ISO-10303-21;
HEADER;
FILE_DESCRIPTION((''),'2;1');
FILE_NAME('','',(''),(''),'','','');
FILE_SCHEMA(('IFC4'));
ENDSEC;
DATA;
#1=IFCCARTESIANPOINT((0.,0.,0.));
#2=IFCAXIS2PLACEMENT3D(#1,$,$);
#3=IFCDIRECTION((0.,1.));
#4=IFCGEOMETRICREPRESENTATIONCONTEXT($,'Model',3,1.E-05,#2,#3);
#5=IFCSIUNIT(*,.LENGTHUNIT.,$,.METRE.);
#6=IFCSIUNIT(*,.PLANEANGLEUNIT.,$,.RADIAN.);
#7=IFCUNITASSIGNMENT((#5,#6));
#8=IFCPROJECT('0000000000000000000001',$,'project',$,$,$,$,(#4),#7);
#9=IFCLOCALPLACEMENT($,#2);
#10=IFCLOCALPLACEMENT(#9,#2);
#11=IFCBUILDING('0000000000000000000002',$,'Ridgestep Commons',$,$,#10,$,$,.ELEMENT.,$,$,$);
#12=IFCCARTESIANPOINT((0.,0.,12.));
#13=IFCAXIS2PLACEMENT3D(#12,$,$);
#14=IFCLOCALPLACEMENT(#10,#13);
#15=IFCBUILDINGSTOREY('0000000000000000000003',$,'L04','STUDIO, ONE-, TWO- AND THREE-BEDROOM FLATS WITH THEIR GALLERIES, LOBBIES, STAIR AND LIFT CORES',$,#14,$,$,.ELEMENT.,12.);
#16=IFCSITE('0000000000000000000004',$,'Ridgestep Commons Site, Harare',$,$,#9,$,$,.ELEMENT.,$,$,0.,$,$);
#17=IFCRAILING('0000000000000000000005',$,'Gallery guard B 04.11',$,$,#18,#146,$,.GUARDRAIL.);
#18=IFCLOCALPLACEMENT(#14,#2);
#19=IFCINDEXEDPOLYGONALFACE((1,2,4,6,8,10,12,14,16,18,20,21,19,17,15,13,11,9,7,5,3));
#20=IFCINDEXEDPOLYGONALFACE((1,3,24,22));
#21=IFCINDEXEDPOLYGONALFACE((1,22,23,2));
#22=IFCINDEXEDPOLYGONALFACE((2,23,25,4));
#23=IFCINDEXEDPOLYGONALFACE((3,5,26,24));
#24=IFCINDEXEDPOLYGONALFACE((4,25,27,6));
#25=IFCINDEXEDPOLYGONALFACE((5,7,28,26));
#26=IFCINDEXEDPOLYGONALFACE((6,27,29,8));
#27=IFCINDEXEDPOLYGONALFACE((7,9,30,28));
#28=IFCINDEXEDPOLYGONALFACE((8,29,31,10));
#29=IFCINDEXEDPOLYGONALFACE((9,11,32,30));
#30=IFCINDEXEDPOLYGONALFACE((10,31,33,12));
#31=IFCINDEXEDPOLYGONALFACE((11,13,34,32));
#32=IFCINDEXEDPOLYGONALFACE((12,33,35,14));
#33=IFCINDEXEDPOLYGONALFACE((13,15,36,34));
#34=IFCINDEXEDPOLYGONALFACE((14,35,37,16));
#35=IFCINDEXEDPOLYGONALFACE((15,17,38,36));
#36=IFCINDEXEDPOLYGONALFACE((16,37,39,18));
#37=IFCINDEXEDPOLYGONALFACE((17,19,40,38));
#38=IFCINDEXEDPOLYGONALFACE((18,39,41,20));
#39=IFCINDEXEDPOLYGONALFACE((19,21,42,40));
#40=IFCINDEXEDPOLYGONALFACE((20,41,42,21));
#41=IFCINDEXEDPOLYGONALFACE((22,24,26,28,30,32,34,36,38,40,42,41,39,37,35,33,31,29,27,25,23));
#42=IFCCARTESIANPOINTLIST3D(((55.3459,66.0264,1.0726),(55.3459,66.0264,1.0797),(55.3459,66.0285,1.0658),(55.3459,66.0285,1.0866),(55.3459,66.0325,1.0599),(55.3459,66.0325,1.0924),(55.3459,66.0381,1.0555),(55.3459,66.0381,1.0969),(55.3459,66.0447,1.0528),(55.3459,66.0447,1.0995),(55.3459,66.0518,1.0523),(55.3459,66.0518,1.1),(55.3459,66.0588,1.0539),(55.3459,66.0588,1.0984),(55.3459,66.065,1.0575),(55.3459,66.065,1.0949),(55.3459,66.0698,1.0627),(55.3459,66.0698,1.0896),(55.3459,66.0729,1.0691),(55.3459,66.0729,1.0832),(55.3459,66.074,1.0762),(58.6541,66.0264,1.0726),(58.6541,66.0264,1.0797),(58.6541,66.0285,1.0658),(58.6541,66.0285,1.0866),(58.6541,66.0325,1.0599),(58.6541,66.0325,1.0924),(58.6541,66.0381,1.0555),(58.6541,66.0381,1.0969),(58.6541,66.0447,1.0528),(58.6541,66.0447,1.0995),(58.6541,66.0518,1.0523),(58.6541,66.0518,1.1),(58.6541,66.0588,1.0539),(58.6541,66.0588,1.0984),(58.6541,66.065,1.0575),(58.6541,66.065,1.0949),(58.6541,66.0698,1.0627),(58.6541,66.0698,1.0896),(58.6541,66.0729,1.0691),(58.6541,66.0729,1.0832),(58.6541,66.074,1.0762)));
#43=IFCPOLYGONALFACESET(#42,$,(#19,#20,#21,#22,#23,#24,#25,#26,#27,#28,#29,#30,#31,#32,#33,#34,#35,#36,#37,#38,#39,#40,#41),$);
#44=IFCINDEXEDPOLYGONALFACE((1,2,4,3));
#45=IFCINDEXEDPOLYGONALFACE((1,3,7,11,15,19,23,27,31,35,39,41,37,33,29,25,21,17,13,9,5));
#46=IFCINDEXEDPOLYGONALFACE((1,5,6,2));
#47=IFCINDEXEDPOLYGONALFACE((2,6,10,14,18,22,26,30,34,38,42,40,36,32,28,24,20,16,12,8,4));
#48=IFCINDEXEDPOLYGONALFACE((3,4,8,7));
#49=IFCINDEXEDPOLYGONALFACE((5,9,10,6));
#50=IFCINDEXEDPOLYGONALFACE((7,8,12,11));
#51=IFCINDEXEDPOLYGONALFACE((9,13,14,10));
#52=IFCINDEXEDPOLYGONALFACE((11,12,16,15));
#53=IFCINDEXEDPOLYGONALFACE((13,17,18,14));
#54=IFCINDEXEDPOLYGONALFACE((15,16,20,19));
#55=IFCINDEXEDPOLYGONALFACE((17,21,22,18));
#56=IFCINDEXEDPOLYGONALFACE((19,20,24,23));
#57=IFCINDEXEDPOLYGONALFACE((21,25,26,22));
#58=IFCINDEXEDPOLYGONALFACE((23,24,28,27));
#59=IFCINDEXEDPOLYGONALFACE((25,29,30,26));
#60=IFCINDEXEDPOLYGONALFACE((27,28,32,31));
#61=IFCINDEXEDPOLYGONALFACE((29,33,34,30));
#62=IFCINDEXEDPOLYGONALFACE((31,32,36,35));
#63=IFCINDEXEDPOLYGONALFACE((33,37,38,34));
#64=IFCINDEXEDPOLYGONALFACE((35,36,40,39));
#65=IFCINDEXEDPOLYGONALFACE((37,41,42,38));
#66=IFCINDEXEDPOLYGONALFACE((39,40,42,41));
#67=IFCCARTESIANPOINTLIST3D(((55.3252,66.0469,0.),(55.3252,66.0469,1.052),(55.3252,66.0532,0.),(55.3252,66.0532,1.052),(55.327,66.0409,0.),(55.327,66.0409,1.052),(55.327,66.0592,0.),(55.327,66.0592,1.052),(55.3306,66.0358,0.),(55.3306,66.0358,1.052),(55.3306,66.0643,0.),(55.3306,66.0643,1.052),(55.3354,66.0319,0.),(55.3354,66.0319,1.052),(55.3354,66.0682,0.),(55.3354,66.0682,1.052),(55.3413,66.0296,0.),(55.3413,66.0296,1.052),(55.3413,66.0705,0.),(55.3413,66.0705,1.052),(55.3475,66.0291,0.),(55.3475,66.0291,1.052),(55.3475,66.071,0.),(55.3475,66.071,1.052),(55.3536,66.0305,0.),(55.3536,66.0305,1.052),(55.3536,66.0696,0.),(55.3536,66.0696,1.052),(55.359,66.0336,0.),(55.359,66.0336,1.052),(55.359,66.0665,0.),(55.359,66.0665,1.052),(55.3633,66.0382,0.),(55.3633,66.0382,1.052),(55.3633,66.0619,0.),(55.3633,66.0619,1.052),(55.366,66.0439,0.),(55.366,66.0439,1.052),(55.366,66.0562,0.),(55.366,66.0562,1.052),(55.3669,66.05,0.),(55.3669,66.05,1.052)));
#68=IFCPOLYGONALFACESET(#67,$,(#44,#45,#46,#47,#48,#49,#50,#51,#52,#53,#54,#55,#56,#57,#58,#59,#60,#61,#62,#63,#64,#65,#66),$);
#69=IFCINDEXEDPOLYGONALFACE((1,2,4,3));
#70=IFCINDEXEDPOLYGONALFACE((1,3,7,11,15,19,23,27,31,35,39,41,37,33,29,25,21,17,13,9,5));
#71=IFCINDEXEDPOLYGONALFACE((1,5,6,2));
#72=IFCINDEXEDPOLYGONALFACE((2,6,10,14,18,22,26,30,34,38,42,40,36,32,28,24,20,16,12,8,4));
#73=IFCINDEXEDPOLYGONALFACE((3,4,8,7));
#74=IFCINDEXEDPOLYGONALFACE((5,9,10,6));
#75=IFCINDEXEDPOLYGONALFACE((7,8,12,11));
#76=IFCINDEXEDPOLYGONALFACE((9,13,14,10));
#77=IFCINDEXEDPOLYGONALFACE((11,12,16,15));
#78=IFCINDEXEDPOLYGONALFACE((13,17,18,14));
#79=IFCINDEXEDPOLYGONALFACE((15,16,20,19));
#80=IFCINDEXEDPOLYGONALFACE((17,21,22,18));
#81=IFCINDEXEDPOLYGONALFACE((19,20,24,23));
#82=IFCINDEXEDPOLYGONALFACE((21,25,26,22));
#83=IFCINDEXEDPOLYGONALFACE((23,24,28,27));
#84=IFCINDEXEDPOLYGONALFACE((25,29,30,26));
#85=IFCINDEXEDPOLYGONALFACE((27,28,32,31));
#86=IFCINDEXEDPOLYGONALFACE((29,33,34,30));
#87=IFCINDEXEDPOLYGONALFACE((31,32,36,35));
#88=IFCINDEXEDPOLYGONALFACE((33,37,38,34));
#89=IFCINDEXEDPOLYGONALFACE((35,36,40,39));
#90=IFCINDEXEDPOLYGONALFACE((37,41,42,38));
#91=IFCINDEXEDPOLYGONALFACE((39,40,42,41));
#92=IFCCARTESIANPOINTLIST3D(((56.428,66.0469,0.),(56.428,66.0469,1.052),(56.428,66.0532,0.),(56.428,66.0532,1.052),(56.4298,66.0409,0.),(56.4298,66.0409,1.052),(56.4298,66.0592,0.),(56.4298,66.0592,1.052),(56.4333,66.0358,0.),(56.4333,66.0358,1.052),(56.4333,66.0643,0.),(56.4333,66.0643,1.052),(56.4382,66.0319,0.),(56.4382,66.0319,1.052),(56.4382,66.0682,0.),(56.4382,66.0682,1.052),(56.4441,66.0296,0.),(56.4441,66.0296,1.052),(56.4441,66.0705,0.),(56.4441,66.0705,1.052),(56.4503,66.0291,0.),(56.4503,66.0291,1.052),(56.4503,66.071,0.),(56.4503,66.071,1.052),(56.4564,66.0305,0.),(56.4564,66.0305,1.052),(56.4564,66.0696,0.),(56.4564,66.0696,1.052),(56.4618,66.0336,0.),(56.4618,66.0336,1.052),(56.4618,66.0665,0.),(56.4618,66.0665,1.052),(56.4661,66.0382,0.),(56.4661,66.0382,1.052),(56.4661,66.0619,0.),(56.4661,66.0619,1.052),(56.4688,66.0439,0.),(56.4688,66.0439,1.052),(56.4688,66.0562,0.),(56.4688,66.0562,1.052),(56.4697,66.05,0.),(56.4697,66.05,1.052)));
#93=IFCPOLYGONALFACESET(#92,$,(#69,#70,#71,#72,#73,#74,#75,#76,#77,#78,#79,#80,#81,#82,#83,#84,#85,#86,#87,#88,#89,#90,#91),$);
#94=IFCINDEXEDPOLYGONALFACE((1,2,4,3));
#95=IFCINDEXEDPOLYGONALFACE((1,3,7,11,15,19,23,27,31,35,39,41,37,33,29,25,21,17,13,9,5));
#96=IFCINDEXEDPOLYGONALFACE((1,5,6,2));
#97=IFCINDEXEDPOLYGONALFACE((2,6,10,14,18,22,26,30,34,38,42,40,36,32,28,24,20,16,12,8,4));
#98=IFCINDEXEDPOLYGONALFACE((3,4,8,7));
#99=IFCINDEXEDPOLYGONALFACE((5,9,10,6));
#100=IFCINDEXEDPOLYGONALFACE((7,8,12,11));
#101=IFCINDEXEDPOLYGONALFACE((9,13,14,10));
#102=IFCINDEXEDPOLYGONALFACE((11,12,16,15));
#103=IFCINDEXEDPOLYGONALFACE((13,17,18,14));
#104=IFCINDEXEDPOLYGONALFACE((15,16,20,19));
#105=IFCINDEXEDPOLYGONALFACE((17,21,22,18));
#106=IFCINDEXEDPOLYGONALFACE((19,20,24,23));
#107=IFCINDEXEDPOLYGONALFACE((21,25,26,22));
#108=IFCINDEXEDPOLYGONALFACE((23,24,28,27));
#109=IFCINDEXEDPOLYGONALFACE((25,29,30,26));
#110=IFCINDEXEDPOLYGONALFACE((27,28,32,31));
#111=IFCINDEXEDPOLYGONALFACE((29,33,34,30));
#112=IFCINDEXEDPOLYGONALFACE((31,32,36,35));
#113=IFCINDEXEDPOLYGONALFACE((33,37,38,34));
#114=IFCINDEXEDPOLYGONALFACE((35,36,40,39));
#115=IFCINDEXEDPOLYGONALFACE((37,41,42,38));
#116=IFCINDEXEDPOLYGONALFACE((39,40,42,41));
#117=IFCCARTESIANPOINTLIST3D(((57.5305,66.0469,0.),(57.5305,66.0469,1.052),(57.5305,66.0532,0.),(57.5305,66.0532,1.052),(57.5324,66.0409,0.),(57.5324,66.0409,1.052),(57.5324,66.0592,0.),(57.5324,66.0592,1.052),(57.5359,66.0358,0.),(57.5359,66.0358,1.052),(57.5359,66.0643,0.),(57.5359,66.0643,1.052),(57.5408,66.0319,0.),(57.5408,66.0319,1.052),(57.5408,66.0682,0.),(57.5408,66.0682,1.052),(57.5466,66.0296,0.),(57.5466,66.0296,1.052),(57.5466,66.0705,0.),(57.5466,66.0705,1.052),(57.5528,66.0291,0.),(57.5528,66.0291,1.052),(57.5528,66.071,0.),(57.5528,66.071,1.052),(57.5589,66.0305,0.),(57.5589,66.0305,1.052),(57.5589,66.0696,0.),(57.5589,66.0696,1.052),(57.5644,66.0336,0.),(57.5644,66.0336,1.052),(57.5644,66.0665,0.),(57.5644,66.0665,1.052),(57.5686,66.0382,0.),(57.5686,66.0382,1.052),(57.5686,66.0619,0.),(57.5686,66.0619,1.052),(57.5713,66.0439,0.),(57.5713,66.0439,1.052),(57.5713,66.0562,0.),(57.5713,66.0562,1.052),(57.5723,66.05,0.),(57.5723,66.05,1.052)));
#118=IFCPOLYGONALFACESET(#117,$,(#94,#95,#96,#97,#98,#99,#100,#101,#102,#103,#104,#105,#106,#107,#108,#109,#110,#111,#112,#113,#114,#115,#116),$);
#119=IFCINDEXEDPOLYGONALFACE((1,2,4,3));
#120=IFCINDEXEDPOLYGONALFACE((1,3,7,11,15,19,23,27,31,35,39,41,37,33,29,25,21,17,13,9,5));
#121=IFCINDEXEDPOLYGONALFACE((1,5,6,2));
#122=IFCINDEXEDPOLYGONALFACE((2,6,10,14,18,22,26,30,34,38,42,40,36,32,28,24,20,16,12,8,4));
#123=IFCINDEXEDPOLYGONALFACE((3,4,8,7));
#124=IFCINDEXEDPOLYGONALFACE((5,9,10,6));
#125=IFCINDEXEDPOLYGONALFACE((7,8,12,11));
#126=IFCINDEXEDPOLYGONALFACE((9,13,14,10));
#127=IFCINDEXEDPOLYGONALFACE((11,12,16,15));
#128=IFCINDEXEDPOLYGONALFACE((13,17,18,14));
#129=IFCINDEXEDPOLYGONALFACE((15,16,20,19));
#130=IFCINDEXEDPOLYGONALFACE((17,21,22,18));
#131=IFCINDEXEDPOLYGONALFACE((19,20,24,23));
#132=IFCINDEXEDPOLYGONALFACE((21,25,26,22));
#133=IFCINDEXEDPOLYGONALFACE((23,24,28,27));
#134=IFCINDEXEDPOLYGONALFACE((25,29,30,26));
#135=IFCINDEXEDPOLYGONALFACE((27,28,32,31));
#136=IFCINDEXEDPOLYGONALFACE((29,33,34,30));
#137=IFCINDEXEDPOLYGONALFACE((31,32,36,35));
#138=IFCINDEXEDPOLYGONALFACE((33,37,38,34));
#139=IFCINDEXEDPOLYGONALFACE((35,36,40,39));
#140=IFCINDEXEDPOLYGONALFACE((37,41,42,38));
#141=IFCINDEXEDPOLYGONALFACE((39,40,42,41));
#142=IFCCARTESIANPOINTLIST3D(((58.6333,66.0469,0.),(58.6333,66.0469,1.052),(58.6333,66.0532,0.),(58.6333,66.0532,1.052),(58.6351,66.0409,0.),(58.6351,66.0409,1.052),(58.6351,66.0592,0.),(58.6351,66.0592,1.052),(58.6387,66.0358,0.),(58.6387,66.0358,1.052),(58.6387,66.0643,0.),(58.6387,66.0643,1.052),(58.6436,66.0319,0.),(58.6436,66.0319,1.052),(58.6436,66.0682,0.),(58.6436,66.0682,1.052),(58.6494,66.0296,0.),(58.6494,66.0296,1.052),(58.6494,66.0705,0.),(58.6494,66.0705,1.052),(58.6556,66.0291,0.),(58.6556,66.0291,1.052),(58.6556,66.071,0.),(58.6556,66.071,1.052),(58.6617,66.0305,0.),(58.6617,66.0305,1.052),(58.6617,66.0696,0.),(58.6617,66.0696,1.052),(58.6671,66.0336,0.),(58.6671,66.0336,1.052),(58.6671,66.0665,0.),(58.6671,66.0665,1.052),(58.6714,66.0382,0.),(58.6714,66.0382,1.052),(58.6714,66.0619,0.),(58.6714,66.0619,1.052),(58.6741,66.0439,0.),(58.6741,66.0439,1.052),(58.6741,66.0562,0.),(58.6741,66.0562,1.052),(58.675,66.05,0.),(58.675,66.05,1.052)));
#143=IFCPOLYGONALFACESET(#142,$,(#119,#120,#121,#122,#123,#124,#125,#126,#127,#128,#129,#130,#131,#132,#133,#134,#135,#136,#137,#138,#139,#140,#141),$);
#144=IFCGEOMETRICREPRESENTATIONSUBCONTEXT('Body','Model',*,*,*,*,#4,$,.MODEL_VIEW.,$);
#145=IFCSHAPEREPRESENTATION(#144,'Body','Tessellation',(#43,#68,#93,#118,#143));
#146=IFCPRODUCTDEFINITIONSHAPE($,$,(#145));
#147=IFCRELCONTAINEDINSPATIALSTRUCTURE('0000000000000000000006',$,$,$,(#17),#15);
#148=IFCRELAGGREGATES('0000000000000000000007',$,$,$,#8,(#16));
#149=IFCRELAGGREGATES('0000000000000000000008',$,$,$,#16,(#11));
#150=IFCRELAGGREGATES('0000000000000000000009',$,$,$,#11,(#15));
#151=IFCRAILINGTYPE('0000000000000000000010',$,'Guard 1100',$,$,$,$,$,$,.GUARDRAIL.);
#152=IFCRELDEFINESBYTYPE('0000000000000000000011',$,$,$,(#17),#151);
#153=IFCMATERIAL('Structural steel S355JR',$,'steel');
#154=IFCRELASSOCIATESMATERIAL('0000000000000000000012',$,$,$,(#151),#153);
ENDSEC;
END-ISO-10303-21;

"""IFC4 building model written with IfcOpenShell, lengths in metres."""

from ifc_helpers import new_model, si_unit, direction, frame, origin, origin_2d, place, context, subcontext, project, spatial, circle, extrude, material, type_object, element, save


model = new_model("IFC4")

# Units and contexts
model_context = context("Model", 3, precision=1e-05, world=origin(), true_north=direction((0.0, 1.0)))
body_context = subcontext(model_context, "Body", "Model", "MODEL_VIEW")
ifc_project = project(units=[si_unit("LENGTHUNIT", "METRE"), si_unit("PLANEANGLEUNIT", "RADIAN")], contexts=[model_context])

# Site, building, storey
site_placement = place(None, origin())
site = spatial("IfcSite", under=ifc_project, at=site_placement, Name="Ridgestep Commons Site, Harare", CompositionType="ELEMENT", RefElevation=0.0)
building_placement = place(site_placement, origin())
building = spatial("IfcBuilding", under=site, at=building_placement, Name="Ridgestep Commons", CompositionType="ELEMENT")
storey_placement = place(building_placement, frame((0.0, 0.0, 12.0)))
storey = spatial("IfcBuildingStorey", under=building, at=storey_placement, Name="L04", Description="STUDIO, ONE-, TWO- AND THREE-BEDROOM FLATS WITH THEIR GALLERIES, LOBBIES, STAIR AND LIFT CORES", CompositionType="ELEMENT", Elevation=12.0)

# Railing
ifc_material_1 = material(Name="Structural steel S355JR", Category="steel")
railing_type = type_object("IfcRailingType", Name="Guard 1100", PredefinedType="GUARDRAIL", material=ifc_material_1)
railing_placement = place(storey_placement, frame((55.3459, 66.05, 0.0)))
element("IfcRailing", 1, at=railing_placement, inside=storey, type_object=railing_type, Name="Gallery guard B 04.11", PredefinedType="GUARDRAIL", context=body_context, shape_type="SweptSolid", body=[
    extrude(circle(Radius=0.0239, at=origin_2d()), frame((0.0, 0.0, 1.0762), z_axis=(1.0, 0.0, 0.0), x_axis=(0.0, 1.0, 0.0)), (0.0, 0.0, 1.0), 3.3081),
    extrude(circle(Radius=0.021, at=origin_2d()), origin(), (0.0, 0.0, 1.0), 1.052),
    extrude(circle(Radius=0.021, at=origin_2d()), frame((1.1028, 0.0, 0.0)), (0.0, 0.0, 1.0), 1.052),
    extrude(circle(Radius=0.021, at=origin_2d()), frame((2.2053, 0.0, 0.0)), (0.0, 0.0, 1.0), 1.052),
    extrude(circle(Radius=0.021, at=origin_2d()), frame((3.3081, 0.0, 0.0)), (0.0, 0.0, 1.0), 1.052),
])

save(model, "model.ifc")
